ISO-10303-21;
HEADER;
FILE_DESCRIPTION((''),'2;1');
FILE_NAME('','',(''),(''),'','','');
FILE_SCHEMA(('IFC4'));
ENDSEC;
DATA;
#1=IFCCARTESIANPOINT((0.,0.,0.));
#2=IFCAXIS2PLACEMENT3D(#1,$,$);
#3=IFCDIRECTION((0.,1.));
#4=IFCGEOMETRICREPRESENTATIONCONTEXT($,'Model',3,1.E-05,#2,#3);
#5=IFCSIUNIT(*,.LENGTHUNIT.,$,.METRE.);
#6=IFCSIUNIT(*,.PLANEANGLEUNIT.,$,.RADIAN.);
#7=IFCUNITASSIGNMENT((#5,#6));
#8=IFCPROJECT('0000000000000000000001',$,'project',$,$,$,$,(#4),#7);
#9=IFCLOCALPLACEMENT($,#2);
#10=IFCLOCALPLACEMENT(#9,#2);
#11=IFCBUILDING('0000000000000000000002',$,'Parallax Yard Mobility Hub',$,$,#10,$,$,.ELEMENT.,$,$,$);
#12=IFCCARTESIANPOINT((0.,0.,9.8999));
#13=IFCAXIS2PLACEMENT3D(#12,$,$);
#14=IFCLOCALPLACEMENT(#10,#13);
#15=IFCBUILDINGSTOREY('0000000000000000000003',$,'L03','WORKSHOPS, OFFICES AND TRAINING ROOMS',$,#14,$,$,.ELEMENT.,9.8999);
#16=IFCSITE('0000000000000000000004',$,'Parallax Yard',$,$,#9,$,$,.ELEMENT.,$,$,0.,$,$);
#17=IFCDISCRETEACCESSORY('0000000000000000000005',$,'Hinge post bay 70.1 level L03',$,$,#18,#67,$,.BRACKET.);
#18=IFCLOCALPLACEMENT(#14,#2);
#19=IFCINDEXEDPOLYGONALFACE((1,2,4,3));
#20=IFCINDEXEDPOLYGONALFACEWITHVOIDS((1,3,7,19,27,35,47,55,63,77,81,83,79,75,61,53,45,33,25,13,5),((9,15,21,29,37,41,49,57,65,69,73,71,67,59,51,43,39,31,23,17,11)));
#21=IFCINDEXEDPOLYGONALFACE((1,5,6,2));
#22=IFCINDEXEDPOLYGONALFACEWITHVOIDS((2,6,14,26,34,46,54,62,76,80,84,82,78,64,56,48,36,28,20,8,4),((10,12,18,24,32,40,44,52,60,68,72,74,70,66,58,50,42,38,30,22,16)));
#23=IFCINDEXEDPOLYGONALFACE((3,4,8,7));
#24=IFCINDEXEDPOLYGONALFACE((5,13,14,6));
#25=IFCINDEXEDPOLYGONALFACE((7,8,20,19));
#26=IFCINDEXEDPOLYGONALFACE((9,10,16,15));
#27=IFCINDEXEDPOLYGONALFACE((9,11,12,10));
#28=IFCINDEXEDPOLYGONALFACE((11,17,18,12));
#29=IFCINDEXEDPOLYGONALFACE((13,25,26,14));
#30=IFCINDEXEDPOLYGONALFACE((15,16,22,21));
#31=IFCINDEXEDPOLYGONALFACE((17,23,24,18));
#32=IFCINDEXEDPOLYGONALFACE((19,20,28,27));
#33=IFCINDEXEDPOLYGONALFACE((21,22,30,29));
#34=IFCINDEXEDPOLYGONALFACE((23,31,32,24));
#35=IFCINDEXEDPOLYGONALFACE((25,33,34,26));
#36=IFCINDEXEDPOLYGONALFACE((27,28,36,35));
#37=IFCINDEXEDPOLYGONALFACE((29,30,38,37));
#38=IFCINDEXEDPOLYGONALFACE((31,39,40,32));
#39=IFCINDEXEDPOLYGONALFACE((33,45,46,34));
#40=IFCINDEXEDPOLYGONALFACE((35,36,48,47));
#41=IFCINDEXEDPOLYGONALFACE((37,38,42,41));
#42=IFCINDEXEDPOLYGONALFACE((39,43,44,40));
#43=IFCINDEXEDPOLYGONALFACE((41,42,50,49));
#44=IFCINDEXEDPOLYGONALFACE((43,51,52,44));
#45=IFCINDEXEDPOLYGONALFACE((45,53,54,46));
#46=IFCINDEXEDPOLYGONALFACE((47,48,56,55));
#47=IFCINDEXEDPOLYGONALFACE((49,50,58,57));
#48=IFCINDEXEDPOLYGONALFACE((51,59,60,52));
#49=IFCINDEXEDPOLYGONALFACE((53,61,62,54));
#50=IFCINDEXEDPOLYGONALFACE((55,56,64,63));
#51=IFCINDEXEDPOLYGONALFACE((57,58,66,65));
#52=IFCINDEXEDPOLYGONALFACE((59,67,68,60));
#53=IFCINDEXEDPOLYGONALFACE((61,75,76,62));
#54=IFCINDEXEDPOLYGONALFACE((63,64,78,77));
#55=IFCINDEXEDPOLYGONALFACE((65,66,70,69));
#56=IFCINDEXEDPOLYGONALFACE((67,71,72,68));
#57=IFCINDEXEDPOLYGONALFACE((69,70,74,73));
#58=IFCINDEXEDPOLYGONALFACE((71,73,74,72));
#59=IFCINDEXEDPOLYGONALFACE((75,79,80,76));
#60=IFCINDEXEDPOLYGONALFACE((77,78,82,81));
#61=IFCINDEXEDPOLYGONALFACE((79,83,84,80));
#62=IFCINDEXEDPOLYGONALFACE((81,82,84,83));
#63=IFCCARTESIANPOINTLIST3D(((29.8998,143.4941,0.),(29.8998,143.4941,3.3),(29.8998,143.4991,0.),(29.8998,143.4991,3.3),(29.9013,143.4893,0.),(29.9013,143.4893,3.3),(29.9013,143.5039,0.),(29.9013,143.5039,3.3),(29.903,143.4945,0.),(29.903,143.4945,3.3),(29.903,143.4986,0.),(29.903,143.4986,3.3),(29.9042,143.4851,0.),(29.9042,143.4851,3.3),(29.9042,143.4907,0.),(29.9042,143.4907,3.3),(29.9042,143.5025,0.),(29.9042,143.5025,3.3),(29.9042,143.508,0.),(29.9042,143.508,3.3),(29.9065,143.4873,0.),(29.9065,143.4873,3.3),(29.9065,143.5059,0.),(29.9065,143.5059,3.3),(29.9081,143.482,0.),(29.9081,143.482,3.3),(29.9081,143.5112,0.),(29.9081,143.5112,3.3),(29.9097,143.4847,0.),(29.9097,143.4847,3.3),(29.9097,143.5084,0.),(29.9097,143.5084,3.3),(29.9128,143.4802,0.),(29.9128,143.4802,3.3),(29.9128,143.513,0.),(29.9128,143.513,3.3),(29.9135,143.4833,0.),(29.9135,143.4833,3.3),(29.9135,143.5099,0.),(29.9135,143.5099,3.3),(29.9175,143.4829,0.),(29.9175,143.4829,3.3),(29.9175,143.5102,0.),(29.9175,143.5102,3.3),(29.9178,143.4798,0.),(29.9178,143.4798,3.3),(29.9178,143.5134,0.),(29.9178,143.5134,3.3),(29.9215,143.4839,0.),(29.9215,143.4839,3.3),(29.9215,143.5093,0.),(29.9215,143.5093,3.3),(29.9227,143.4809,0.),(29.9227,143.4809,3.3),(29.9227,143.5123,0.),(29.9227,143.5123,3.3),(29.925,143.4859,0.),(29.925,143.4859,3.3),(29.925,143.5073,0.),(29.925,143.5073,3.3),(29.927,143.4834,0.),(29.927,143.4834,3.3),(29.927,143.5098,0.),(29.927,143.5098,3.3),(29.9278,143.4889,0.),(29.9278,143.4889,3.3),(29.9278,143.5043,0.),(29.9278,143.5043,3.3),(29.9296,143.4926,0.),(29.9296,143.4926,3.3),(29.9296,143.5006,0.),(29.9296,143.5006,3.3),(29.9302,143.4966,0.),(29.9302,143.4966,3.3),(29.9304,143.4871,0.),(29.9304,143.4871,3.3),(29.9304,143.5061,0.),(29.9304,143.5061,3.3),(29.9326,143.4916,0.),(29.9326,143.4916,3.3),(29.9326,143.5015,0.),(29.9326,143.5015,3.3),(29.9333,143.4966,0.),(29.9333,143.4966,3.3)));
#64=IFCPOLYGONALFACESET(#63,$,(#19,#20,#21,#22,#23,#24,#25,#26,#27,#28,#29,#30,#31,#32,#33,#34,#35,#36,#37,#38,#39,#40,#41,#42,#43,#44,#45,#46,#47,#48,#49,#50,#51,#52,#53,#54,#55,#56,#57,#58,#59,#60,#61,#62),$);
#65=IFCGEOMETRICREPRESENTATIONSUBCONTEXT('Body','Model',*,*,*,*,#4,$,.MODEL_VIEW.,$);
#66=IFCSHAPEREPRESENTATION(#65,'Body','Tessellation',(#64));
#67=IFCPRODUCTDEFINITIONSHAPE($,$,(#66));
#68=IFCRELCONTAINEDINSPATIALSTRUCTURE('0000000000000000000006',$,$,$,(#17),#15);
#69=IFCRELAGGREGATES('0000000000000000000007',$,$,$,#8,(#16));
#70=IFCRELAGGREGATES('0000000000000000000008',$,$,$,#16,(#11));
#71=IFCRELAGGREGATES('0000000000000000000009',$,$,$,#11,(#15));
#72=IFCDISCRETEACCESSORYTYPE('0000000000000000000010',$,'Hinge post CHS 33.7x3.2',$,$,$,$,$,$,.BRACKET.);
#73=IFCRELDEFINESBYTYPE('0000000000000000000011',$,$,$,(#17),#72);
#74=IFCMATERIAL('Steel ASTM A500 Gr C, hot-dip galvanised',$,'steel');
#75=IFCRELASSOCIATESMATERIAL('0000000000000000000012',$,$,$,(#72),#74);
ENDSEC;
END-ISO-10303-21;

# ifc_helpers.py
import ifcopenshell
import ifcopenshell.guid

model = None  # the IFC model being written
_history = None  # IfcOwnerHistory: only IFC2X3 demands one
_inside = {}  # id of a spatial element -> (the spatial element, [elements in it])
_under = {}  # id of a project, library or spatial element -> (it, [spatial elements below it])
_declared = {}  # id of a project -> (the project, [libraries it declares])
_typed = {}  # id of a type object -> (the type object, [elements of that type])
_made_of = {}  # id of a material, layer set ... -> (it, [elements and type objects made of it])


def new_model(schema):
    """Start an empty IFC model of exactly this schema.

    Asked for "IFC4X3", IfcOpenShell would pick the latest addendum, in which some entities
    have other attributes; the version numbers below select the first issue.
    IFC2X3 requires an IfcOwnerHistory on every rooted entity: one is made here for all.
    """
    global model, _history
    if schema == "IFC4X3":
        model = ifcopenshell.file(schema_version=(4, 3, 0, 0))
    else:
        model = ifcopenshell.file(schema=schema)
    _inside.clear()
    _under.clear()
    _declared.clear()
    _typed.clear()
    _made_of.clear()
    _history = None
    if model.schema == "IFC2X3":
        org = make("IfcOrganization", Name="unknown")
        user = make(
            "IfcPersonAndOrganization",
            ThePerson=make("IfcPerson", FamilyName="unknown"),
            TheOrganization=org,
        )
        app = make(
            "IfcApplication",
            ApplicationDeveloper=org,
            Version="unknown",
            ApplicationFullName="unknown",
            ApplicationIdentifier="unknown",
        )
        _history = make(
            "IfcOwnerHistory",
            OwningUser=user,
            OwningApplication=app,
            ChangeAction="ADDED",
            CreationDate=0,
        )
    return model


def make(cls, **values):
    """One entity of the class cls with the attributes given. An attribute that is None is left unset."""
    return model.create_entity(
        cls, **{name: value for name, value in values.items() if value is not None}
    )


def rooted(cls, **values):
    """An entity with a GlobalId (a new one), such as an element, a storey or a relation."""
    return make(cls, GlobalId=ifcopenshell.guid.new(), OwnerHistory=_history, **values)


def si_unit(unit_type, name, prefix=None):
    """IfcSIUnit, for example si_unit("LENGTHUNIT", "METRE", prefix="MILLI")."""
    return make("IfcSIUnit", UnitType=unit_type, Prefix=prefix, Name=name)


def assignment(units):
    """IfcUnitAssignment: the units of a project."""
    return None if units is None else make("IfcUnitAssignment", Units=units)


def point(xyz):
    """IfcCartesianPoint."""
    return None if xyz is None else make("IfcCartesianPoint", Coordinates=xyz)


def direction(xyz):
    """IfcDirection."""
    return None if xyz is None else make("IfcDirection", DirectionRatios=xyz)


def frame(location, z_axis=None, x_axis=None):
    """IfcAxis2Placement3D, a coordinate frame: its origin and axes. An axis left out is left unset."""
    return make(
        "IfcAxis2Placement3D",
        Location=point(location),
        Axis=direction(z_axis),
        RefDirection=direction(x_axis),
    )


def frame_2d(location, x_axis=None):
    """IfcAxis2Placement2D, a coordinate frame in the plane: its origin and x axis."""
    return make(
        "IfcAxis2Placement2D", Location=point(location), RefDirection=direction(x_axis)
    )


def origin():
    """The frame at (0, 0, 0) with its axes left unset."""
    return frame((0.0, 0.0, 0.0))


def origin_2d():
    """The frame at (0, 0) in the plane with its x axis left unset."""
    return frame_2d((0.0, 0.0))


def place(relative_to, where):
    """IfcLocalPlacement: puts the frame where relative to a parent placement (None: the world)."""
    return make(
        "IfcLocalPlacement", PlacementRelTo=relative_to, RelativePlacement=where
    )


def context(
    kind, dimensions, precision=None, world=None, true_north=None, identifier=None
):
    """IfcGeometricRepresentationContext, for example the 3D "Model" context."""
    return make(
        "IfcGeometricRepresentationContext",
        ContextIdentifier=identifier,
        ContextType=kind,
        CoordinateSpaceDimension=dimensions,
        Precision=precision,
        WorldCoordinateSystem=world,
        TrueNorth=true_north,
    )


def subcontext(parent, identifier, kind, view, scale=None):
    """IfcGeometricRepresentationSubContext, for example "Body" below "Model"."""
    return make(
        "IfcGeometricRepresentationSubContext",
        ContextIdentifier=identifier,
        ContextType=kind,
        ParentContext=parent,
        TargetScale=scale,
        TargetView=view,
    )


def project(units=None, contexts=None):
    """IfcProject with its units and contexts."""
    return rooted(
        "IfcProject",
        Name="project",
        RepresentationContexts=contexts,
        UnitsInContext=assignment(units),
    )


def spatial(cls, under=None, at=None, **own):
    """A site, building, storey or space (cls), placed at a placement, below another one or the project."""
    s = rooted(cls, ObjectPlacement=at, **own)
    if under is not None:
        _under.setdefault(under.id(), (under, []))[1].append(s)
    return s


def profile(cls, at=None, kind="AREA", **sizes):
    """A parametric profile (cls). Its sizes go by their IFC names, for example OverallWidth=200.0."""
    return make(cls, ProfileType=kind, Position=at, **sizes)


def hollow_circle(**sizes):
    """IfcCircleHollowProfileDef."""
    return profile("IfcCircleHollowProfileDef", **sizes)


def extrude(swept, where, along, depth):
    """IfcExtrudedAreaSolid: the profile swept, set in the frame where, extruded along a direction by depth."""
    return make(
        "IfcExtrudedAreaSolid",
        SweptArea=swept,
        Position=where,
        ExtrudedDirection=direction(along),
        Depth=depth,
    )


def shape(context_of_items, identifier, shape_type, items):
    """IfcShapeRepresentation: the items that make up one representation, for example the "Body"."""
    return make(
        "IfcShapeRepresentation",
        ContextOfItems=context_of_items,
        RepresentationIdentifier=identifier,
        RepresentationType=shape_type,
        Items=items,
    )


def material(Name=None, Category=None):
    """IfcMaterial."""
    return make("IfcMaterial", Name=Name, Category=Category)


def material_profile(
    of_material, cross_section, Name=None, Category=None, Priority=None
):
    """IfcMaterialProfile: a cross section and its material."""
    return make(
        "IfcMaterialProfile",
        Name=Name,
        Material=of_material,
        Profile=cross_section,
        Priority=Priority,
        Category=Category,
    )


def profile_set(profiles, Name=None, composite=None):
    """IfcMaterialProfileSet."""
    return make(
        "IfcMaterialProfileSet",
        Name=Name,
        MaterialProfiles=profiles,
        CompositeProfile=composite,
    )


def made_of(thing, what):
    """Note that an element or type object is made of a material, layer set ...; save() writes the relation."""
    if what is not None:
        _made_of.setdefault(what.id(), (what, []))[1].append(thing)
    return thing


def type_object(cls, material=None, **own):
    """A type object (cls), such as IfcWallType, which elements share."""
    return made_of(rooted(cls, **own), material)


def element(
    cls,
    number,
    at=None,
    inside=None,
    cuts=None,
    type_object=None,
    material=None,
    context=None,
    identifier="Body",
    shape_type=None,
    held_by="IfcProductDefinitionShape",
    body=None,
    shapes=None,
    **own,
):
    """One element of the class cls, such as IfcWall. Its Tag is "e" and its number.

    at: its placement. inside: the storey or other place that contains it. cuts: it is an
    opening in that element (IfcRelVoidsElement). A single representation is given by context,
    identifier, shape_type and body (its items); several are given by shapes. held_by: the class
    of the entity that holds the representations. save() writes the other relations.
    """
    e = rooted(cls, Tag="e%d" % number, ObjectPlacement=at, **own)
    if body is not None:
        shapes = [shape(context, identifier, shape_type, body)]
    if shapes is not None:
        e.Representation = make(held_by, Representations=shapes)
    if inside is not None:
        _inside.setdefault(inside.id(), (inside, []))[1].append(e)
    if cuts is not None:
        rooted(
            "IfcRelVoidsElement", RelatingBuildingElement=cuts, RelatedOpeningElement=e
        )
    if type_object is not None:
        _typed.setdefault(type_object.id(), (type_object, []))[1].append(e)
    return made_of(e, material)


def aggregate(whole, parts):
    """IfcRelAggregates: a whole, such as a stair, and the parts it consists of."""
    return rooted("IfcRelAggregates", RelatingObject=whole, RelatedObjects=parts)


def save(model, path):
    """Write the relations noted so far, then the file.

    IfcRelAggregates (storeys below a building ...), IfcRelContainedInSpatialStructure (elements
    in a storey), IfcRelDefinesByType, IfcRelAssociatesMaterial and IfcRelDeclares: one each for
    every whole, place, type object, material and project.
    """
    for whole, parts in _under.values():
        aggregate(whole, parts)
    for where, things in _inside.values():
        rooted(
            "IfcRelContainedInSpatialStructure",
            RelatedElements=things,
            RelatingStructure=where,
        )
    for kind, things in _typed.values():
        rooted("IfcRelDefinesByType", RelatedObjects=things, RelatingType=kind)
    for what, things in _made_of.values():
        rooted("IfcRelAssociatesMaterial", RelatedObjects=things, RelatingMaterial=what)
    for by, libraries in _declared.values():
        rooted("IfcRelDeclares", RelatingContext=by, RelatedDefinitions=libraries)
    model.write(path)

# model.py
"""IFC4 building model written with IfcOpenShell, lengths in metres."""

from ifc_helpers import new_model, si_unit, direction, frame, origin, origin_2d, place, context, subcontext, project, spatial, hollow_circle, extrude, material, material_profile, profile_set, type_object, element, save


model = new_model("IFC4")

# Units and contexts
model_context = context("Model", 3, precision=1e-05, world=origin(), true_north=direction((0.0, 1.0)))
body_context = subcontext(model_context, "Body", "Model", "MODEL_VIEW")
ifc_project = project(units=[si_unit("LENGTHUNIT", "METRE"), si_unit("PLANEANGLEUNIT", "RADIAN")], contexts=[model_context])

# Site, building, storey
site_placement = place(None, origin())
site = spatial("IfcSite", under=ifc_project, at=site_placement, Name="Parallax Yard", CompositionType="ELEMENT", RefElevation=0.0)
building_placement = place(site_placement, origin())
building = spatial("IfcBuilding", under=site, at=building_placement, Name="Parallax Yard Mobility Hub", CompositionType="ELEMENT")
storey_placement = place(building_placement, frame((0.0, 0.0, 9.8999)))
storey = spatial("IfcBuildingStorey", under=building, at=storey_placement, Name="L03", Description="WORKSHOPS, OFFICES AND TRAINING ROOMS", CompositionType="ELEMENT", Elevation=9.8999)

# Discrete accessory
ifc_material_1 = material(Name="Steel ASTM A500 Gr C, hot-dip galvanised", Category="steel")
ifc_material_profile = material_profile(ifc_material_1, hollow_circle(Radius=0.0168, WallThickness=0.0032, at=origin_2d()), Name="CHS 33.7x3.2")
ifc_profile_set = profile_set([ifc_material_profile], Name="Steel ASTM A500 Gr C, hot-dip galvanised")
discrete_accessory_type = type_object("IfcDiscreteAccessoryType", Name="Hinge post CHS 33.7x3.2", PredefinedType="BRACKET", material=ifc_profile_set)
for number, where, z_axis, x_axis, name in (
    (1, (29.9165, 143.4966, 0.0), (0.0, 0.0, 1.0), (1.0, 0.0, 0.0), "Hinge post bay 70.1 level L03"),
):
    element("IfcDiscreteAccessory", number, at=place(storey_placement, frame(where, z_axis=z_axis, x_axis=x_axis)), inside=storey, type_object=discrete_accessory_type, Name=name, PredefinedType="BRACKET", context=body_context, shape_type="SweptSolid", body=[
        extrude(hollow_circle(Radius=0.0168, WallThickness=0.0032, at=origin_2d()), origin(), (0.0, 0.0, 1.0), 3.3),
    ])

save(model, "model.ifc")
